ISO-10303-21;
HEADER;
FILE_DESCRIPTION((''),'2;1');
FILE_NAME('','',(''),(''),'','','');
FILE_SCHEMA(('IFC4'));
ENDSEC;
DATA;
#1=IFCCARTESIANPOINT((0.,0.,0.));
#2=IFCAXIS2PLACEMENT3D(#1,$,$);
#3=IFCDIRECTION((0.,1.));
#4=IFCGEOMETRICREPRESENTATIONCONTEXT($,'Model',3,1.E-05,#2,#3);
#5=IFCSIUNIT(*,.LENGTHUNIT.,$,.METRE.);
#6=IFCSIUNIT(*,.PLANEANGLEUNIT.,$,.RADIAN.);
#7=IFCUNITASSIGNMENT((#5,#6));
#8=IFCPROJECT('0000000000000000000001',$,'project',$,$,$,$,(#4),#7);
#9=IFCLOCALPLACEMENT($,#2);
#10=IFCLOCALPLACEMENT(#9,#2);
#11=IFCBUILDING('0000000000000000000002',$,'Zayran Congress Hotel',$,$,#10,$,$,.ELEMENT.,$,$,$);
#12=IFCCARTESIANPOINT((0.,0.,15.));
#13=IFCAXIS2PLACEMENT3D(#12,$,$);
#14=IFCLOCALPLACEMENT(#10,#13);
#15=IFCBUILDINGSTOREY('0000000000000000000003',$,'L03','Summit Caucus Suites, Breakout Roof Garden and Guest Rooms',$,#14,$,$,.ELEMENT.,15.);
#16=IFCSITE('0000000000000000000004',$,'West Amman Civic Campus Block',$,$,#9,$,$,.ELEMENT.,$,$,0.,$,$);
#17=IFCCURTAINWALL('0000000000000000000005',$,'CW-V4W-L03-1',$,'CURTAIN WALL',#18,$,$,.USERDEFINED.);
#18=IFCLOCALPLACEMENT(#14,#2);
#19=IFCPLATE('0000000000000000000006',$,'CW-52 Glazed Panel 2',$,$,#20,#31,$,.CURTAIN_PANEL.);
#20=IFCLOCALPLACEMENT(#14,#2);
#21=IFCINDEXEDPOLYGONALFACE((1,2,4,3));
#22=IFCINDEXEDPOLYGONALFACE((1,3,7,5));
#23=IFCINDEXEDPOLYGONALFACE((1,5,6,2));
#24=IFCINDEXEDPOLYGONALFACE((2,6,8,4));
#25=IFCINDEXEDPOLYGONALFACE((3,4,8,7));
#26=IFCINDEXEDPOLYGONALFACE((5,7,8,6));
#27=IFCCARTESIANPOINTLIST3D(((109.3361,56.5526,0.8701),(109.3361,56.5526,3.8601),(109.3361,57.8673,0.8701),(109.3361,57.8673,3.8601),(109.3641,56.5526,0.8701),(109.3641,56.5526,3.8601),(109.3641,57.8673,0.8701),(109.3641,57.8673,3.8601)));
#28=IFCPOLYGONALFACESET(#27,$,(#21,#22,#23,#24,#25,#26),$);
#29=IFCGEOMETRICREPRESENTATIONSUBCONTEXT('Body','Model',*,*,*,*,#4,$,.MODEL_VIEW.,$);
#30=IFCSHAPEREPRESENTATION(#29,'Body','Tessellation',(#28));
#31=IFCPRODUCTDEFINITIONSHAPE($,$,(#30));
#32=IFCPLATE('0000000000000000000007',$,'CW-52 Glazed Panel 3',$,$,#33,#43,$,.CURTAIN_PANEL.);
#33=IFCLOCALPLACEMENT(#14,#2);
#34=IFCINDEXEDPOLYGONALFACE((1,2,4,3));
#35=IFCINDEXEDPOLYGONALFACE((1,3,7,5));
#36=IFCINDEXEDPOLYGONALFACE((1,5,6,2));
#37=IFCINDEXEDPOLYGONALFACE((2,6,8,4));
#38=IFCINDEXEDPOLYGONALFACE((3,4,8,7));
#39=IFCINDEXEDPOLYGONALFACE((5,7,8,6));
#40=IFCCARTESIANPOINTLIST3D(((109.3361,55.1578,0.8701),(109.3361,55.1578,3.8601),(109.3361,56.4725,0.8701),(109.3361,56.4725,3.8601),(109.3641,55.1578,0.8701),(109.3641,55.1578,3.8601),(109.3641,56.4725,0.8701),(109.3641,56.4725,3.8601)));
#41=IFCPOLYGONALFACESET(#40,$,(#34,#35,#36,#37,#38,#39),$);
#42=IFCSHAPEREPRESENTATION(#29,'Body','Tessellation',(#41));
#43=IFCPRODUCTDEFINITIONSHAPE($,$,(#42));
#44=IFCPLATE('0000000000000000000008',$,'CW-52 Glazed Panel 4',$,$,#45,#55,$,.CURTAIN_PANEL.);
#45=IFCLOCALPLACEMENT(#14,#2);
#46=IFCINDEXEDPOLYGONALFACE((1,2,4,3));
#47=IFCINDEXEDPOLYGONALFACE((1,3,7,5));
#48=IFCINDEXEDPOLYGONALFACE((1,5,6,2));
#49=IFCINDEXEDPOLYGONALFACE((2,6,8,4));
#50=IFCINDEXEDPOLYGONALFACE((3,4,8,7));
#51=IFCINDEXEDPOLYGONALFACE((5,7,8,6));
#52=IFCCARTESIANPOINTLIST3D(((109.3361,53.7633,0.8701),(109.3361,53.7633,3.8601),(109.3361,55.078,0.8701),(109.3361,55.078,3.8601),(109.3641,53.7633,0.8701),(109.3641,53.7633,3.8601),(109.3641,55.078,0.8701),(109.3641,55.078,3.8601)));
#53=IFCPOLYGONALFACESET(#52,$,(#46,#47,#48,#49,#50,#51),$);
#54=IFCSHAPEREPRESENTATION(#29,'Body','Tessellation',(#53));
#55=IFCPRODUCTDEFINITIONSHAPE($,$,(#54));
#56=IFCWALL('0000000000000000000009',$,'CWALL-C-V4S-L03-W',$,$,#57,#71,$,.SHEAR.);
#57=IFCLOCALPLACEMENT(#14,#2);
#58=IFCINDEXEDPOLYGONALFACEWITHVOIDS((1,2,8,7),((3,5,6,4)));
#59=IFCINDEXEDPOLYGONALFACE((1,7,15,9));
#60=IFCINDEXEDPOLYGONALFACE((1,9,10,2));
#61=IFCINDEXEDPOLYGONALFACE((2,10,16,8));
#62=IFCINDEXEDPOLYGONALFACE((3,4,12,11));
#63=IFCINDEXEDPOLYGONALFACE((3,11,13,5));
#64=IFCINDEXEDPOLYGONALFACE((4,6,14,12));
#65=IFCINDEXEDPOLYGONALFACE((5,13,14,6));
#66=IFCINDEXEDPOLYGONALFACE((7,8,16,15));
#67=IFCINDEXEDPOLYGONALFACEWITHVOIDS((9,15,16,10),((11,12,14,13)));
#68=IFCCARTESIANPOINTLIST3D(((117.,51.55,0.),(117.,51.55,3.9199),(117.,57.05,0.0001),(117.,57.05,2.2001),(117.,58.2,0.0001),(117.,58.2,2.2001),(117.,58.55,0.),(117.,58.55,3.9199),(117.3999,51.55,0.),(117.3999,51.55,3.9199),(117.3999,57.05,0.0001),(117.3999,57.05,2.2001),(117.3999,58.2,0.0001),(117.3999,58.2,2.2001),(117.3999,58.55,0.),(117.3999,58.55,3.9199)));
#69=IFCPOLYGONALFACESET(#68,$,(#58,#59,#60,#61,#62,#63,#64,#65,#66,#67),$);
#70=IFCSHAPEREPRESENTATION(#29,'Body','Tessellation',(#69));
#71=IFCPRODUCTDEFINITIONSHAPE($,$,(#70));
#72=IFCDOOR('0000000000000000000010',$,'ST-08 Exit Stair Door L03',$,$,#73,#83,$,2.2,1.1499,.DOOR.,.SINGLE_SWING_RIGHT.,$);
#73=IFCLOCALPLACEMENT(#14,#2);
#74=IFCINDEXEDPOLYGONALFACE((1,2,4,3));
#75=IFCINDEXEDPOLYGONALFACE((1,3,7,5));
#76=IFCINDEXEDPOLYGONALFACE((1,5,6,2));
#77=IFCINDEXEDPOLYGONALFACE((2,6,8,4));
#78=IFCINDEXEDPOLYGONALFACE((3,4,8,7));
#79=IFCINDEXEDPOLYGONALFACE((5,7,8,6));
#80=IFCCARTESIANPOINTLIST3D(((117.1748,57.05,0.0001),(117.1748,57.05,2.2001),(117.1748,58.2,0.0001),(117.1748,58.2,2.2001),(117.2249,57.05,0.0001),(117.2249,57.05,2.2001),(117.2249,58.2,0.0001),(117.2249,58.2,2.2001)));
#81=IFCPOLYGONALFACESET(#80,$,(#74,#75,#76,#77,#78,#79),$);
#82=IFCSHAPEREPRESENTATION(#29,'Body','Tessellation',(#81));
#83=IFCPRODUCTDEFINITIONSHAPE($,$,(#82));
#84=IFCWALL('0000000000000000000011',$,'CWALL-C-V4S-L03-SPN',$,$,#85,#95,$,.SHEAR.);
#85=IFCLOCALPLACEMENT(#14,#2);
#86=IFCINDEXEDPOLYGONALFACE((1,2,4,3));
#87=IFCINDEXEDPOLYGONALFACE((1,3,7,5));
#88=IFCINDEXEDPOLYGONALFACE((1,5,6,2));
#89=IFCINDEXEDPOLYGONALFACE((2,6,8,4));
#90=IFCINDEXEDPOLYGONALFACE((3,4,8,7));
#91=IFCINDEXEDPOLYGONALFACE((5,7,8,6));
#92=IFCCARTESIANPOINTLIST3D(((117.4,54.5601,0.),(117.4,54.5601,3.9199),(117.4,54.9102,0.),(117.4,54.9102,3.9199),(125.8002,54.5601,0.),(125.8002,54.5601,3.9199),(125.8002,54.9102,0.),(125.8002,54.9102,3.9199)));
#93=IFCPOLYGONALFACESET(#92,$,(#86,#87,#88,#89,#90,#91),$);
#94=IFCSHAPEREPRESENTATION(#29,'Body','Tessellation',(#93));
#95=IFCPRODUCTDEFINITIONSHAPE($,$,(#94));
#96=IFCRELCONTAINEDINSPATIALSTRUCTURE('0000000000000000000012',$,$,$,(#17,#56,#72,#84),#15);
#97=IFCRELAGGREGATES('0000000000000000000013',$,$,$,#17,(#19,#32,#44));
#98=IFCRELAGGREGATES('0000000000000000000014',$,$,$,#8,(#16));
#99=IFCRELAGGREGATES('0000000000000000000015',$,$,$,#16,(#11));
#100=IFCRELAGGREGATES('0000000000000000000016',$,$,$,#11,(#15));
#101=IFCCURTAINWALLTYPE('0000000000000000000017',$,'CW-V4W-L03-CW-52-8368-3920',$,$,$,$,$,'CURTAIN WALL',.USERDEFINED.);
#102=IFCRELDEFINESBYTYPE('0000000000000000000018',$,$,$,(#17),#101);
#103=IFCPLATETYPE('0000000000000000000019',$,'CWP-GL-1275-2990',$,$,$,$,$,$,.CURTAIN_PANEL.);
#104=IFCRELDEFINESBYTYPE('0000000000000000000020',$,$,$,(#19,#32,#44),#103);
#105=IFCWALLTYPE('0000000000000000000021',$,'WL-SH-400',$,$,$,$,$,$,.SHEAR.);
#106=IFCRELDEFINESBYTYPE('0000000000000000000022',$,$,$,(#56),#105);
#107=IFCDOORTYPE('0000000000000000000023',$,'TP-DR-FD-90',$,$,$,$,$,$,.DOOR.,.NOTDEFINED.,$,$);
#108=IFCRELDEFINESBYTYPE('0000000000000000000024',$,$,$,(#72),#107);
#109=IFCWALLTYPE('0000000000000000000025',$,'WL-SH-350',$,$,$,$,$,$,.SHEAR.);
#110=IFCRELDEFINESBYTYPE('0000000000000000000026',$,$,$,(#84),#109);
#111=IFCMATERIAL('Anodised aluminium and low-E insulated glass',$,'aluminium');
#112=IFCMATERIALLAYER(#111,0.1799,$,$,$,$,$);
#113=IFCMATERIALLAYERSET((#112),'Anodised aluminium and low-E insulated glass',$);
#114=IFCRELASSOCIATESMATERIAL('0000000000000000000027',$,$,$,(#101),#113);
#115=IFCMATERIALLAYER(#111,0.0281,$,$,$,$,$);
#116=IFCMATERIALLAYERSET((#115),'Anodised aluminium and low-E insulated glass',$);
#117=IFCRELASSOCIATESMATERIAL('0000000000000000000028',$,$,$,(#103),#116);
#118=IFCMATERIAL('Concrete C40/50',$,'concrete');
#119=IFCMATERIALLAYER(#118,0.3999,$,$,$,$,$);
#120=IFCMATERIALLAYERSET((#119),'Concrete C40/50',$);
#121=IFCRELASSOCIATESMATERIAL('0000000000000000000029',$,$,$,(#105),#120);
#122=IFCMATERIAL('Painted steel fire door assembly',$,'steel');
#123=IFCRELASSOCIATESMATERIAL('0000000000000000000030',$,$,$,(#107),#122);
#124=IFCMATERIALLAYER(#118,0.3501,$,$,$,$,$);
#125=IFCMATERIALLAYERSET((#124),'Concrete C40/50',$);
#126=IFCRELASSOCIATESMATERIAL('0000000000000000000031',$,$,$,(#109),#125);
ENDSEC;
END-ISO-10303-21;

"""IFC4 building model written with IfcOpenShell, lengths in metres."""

from ifc_helpers import new_model, si_unit, direction, frame, frame_2d, origin, origin_2d, place, context, subcontext, project, spatial, rectangle, extrude, material, layer, layer_set, type_object, element, fill, aggregate, save


model = new_model("IFC4")

# Units and contexts
model_context = context("Model", 3, precision=1e-05, world=origin(), true_north=direction((0.0, 1.0)))
body_context = subcontext(model_context, "Body", "Model", "MODEL_VIEW")
ifc_project = project(units=[si_unit("LENGTHUNIT", "METRE"), si_unit("PLANEANGLEUNIT", "RADIAN")], contexts=[model_context])

# Site, building, storey
site_placement = place(None, origin())
site = spatial("IfcSite", under=ifc_project, at=site_placement, Name="West Amman Civic Campus Block", CompositionType="ELEMENT", RefElevation=0.0)
building_placement = place(site_placement, origin())
building = spatial("IfcBuilding", under=site, at=building_placement, Name="Zayran Congress Hotel", CompositionType="ELEMENT")
storey_placement = place(building_placement, frame((0.0, 0.0, 15.0)))
storey = spatial("IfcBuildingStorey", under=building, at=storey_placement, Name="L03", Description="Summit Caucus Suites, Breakout Roof Garden and Guest Rooms", CompositionType="ELEMENT", Elevation=15.0)

# Shared definitions
ifc_material_1 = material(Name="Concrete C40/50", Category="concrete")

# Curtain wall, plates
ifc_material_2 = material(Name="Anodised aluminium and low-E insulated glass", Category="aluminium")
ifc_layer_1 = layer(ifc_material_2, 0.1799)
ifc_layer_set_1 = layer_set([ifc_layer_1], Name="Anodised aluminium and low-E insulated glass")
curtain_wall_type = type_object("IfcCurtainWallType", Name="CW-V4W-L03-CW-52-8368-3920", ElementType="CURTAIN WALL", PredefinedType="USERDEFINED", material=ifc_layer_set_1)
curtain_wall_placement = place(storey_placement, origin())
curtain_wall = element("IfcCurtainWall", 1, at=curtain_wall_placement, inside=storey, type_object=curtain_wall_type, Name="CW-V4W-L03-1", ObjectType="CURTAIN WALL", PredefinedType="USERDEFINED")
ifc_layer_2 = layer(ifc_material_2, 0.0281)
ifc_layer_set_2 = layer_set([ifc_layer_2], Name="Anodised aluminium and low-E insulated glass")
plate_type_1 = type_object("IfcPlateType", Name="CWP-GL-1275-2990", PredefinedType="CURTAIN_PANEL", material=ifc_layer_set_2)
plate_1_placement = place(storey_placement, frame((109.3501, 57.21, 0.8701), z_axis=(0.0, 0.0, 1.0), x_axis=(0.0, 1.0, 0.0)))
plate_1 = element("IfcPlate", 2, at=plate_1_placement, type_object=plate_type_1, Name="CW-52 Glazed Panel 2", PredefinedType="CURTAIN_PANEL", context=body_context, shape_type="SweptSolid", body=[
    extrude(rectangle(XDim=1.3147, YDim=0.0281, at=origin_2d()), origin(), (0.0, 0.0, 1.0), 2.99),
])
plate_2_placement = place(storey_placement, frame((109.3501, 55.8152, 0.8701), z_axis=(0.0, 0.0, 1.0), x_axis=(0.0, 1.0, 0.0)))
plate_2 = element("IfcPlate", 3, at=plate_2_placement, type_object=plate_type_1, Name="CW-52 Glazed Panel 3", PredefinedType="CURTAIN_PANEL", context=body_context, shape_type="SweptSolid", body=[
    extrude(rectangle(XDim=1.3147, YDim=0.0281, at=origin_2d()), origin(), (0.0, 0.0, 1.0), 2.99),
])
plate_3_placement = place(storey_placement, frame((109.3501, 54.4207, 0.8701), z_axis=(0.0, 0.0, 1.0), x_axis=(0.0, 1.0, 0.0)))
plate_3 = element("IfcPlate", 4, at=plate_3_placement, type_object=plate_type_1, Name="CW-52 Glazed Panel 4", PredefinedType="CURTAIN_PANEL", context=body_context, shape_type="SweptSolid", body=[
    extrude(rectangle(XDim=1.3147, YDim=0.0281, at=origin_2d()), origin(), (0.0, 0.0, 1.0), 2.99),
])
aggregate(curtain_wall, [plate_1, plate_2, plate_3])

# Wall, opening, door
ifc_layer_3 = layer(ifc_material_1, 0.3999)
ifc_layer_set_3 = layer_set([ifc_layer_3], Name="Concrete C40/50")
wall_type_1 = type_object("IfcWallType", Name="WL-SH-400", PredefinedType="SHEAR", material=ifc_layer_set_3)
wall_1_placement = place(storey_placement, frame((117.2, 58.55, 0.0), z_axis=(0.0, 0.0, 1.0), x_axis=(0.0, -1.0, 0.0)))
wall_1 = element("IfcWall", 5, at=wall_1_placement, inside=storey, type_object=wall_type_1, Name="CWALL-C-V4S-L03-W", PredefinedType="SHEAR", context=body_context, shape_type="SweptSolid", body=[
    extrude(rectangle(XDim=7.0, YDim=0.3999, at=frame_2d((3.5, 0.0))), origin(), (0.0, 0.0, 1.0), 3.9199),
])
opening_placement = place(wall_1_placement, frame((0.3501, 0.0, 0.0)))
opening = element("IfcOpeningElement", 6, at=opening_placement, cuts=wall_1, PredefinedType="OPENING", context=body_context, shape_type="SweptSolid", body=[
    extrude(rectangle(XDim=1.1499, YDim=2.2, at=frame_2d((0.575, 1.1001))), frame((0.0, 0.21, 0.0), z_axis=(0.0, -1.0, 0.0), x_axis=(1.0, 0.0, 0.0)), (0.0, 0.0, 1.0), 0.4199),
])
ifc_material_3 = material(Name="Painted steel fire door assembly", Category="steel")
door_type = type_object("IfcDoorType", Name="TP-DR-FD-90", OperationType="NOTDEFINED", PredefinedType="DOOR", material=ifc_material_3)
door_placement = place(opening_placement, origin())
door = element("IfcDoor", 7, at=door_placement, inside=storey, type_object=door_type, Name="ST-08 Exit Stair Door L03", OperationType="SINGLE_SWING_RIGHT", OverallHeight=2.2, OverallWidth=1.1499, PredefinedType="DOOR", context=body_context, shape_type="SweptSolid", body=[
    extrude(rectangle(XDim=1.1499, YDim=2.2, at=frame_2d((0.575, 1.1001))), frame((0.0, 0.0249, 0.0), z_axis=(0.0, -1.0, 0.0), x_axis=(1.0, 0.0, 0.0)), (0.0, 0.0, 1.0), 0.05),
])
fill(opening, door)

# Wall
ifc_layer_4 = layer(ifc_material_1, 0.3501)
ifc_layer_set_4 = layer_set([ifc_layer_4], Name="Concrete C40/50")
wall_type_2 = type_object("IfcWallType", Name="WL-SH-350", PredefinedType="SHEAR", material=ifc_layer_set_4)
wall_2_placement = place(storey_placement, frame((117.3999, 54.7351, 0.0), z_axis=(0.0, 0.0, 1.0), x_axis=(1.0, 0.0, 0.0)))
element("IfcWall", 8, at=wall_2_placement, inside=storey, type_object=wall_type_2, Name="CWALL-C-V4S-L03-SPN", PredefinedType="SHEAR", context=body_context, shape_type="SweptSolid", body=[
    extrude(rectangle(XDim=8.4001, YDim=0.3501, at=frame_2d((4.2002, 0.0))), origin(), (0.0, 0.0, 1.0), 3.9199),
])

save(model, "model.ifc")
